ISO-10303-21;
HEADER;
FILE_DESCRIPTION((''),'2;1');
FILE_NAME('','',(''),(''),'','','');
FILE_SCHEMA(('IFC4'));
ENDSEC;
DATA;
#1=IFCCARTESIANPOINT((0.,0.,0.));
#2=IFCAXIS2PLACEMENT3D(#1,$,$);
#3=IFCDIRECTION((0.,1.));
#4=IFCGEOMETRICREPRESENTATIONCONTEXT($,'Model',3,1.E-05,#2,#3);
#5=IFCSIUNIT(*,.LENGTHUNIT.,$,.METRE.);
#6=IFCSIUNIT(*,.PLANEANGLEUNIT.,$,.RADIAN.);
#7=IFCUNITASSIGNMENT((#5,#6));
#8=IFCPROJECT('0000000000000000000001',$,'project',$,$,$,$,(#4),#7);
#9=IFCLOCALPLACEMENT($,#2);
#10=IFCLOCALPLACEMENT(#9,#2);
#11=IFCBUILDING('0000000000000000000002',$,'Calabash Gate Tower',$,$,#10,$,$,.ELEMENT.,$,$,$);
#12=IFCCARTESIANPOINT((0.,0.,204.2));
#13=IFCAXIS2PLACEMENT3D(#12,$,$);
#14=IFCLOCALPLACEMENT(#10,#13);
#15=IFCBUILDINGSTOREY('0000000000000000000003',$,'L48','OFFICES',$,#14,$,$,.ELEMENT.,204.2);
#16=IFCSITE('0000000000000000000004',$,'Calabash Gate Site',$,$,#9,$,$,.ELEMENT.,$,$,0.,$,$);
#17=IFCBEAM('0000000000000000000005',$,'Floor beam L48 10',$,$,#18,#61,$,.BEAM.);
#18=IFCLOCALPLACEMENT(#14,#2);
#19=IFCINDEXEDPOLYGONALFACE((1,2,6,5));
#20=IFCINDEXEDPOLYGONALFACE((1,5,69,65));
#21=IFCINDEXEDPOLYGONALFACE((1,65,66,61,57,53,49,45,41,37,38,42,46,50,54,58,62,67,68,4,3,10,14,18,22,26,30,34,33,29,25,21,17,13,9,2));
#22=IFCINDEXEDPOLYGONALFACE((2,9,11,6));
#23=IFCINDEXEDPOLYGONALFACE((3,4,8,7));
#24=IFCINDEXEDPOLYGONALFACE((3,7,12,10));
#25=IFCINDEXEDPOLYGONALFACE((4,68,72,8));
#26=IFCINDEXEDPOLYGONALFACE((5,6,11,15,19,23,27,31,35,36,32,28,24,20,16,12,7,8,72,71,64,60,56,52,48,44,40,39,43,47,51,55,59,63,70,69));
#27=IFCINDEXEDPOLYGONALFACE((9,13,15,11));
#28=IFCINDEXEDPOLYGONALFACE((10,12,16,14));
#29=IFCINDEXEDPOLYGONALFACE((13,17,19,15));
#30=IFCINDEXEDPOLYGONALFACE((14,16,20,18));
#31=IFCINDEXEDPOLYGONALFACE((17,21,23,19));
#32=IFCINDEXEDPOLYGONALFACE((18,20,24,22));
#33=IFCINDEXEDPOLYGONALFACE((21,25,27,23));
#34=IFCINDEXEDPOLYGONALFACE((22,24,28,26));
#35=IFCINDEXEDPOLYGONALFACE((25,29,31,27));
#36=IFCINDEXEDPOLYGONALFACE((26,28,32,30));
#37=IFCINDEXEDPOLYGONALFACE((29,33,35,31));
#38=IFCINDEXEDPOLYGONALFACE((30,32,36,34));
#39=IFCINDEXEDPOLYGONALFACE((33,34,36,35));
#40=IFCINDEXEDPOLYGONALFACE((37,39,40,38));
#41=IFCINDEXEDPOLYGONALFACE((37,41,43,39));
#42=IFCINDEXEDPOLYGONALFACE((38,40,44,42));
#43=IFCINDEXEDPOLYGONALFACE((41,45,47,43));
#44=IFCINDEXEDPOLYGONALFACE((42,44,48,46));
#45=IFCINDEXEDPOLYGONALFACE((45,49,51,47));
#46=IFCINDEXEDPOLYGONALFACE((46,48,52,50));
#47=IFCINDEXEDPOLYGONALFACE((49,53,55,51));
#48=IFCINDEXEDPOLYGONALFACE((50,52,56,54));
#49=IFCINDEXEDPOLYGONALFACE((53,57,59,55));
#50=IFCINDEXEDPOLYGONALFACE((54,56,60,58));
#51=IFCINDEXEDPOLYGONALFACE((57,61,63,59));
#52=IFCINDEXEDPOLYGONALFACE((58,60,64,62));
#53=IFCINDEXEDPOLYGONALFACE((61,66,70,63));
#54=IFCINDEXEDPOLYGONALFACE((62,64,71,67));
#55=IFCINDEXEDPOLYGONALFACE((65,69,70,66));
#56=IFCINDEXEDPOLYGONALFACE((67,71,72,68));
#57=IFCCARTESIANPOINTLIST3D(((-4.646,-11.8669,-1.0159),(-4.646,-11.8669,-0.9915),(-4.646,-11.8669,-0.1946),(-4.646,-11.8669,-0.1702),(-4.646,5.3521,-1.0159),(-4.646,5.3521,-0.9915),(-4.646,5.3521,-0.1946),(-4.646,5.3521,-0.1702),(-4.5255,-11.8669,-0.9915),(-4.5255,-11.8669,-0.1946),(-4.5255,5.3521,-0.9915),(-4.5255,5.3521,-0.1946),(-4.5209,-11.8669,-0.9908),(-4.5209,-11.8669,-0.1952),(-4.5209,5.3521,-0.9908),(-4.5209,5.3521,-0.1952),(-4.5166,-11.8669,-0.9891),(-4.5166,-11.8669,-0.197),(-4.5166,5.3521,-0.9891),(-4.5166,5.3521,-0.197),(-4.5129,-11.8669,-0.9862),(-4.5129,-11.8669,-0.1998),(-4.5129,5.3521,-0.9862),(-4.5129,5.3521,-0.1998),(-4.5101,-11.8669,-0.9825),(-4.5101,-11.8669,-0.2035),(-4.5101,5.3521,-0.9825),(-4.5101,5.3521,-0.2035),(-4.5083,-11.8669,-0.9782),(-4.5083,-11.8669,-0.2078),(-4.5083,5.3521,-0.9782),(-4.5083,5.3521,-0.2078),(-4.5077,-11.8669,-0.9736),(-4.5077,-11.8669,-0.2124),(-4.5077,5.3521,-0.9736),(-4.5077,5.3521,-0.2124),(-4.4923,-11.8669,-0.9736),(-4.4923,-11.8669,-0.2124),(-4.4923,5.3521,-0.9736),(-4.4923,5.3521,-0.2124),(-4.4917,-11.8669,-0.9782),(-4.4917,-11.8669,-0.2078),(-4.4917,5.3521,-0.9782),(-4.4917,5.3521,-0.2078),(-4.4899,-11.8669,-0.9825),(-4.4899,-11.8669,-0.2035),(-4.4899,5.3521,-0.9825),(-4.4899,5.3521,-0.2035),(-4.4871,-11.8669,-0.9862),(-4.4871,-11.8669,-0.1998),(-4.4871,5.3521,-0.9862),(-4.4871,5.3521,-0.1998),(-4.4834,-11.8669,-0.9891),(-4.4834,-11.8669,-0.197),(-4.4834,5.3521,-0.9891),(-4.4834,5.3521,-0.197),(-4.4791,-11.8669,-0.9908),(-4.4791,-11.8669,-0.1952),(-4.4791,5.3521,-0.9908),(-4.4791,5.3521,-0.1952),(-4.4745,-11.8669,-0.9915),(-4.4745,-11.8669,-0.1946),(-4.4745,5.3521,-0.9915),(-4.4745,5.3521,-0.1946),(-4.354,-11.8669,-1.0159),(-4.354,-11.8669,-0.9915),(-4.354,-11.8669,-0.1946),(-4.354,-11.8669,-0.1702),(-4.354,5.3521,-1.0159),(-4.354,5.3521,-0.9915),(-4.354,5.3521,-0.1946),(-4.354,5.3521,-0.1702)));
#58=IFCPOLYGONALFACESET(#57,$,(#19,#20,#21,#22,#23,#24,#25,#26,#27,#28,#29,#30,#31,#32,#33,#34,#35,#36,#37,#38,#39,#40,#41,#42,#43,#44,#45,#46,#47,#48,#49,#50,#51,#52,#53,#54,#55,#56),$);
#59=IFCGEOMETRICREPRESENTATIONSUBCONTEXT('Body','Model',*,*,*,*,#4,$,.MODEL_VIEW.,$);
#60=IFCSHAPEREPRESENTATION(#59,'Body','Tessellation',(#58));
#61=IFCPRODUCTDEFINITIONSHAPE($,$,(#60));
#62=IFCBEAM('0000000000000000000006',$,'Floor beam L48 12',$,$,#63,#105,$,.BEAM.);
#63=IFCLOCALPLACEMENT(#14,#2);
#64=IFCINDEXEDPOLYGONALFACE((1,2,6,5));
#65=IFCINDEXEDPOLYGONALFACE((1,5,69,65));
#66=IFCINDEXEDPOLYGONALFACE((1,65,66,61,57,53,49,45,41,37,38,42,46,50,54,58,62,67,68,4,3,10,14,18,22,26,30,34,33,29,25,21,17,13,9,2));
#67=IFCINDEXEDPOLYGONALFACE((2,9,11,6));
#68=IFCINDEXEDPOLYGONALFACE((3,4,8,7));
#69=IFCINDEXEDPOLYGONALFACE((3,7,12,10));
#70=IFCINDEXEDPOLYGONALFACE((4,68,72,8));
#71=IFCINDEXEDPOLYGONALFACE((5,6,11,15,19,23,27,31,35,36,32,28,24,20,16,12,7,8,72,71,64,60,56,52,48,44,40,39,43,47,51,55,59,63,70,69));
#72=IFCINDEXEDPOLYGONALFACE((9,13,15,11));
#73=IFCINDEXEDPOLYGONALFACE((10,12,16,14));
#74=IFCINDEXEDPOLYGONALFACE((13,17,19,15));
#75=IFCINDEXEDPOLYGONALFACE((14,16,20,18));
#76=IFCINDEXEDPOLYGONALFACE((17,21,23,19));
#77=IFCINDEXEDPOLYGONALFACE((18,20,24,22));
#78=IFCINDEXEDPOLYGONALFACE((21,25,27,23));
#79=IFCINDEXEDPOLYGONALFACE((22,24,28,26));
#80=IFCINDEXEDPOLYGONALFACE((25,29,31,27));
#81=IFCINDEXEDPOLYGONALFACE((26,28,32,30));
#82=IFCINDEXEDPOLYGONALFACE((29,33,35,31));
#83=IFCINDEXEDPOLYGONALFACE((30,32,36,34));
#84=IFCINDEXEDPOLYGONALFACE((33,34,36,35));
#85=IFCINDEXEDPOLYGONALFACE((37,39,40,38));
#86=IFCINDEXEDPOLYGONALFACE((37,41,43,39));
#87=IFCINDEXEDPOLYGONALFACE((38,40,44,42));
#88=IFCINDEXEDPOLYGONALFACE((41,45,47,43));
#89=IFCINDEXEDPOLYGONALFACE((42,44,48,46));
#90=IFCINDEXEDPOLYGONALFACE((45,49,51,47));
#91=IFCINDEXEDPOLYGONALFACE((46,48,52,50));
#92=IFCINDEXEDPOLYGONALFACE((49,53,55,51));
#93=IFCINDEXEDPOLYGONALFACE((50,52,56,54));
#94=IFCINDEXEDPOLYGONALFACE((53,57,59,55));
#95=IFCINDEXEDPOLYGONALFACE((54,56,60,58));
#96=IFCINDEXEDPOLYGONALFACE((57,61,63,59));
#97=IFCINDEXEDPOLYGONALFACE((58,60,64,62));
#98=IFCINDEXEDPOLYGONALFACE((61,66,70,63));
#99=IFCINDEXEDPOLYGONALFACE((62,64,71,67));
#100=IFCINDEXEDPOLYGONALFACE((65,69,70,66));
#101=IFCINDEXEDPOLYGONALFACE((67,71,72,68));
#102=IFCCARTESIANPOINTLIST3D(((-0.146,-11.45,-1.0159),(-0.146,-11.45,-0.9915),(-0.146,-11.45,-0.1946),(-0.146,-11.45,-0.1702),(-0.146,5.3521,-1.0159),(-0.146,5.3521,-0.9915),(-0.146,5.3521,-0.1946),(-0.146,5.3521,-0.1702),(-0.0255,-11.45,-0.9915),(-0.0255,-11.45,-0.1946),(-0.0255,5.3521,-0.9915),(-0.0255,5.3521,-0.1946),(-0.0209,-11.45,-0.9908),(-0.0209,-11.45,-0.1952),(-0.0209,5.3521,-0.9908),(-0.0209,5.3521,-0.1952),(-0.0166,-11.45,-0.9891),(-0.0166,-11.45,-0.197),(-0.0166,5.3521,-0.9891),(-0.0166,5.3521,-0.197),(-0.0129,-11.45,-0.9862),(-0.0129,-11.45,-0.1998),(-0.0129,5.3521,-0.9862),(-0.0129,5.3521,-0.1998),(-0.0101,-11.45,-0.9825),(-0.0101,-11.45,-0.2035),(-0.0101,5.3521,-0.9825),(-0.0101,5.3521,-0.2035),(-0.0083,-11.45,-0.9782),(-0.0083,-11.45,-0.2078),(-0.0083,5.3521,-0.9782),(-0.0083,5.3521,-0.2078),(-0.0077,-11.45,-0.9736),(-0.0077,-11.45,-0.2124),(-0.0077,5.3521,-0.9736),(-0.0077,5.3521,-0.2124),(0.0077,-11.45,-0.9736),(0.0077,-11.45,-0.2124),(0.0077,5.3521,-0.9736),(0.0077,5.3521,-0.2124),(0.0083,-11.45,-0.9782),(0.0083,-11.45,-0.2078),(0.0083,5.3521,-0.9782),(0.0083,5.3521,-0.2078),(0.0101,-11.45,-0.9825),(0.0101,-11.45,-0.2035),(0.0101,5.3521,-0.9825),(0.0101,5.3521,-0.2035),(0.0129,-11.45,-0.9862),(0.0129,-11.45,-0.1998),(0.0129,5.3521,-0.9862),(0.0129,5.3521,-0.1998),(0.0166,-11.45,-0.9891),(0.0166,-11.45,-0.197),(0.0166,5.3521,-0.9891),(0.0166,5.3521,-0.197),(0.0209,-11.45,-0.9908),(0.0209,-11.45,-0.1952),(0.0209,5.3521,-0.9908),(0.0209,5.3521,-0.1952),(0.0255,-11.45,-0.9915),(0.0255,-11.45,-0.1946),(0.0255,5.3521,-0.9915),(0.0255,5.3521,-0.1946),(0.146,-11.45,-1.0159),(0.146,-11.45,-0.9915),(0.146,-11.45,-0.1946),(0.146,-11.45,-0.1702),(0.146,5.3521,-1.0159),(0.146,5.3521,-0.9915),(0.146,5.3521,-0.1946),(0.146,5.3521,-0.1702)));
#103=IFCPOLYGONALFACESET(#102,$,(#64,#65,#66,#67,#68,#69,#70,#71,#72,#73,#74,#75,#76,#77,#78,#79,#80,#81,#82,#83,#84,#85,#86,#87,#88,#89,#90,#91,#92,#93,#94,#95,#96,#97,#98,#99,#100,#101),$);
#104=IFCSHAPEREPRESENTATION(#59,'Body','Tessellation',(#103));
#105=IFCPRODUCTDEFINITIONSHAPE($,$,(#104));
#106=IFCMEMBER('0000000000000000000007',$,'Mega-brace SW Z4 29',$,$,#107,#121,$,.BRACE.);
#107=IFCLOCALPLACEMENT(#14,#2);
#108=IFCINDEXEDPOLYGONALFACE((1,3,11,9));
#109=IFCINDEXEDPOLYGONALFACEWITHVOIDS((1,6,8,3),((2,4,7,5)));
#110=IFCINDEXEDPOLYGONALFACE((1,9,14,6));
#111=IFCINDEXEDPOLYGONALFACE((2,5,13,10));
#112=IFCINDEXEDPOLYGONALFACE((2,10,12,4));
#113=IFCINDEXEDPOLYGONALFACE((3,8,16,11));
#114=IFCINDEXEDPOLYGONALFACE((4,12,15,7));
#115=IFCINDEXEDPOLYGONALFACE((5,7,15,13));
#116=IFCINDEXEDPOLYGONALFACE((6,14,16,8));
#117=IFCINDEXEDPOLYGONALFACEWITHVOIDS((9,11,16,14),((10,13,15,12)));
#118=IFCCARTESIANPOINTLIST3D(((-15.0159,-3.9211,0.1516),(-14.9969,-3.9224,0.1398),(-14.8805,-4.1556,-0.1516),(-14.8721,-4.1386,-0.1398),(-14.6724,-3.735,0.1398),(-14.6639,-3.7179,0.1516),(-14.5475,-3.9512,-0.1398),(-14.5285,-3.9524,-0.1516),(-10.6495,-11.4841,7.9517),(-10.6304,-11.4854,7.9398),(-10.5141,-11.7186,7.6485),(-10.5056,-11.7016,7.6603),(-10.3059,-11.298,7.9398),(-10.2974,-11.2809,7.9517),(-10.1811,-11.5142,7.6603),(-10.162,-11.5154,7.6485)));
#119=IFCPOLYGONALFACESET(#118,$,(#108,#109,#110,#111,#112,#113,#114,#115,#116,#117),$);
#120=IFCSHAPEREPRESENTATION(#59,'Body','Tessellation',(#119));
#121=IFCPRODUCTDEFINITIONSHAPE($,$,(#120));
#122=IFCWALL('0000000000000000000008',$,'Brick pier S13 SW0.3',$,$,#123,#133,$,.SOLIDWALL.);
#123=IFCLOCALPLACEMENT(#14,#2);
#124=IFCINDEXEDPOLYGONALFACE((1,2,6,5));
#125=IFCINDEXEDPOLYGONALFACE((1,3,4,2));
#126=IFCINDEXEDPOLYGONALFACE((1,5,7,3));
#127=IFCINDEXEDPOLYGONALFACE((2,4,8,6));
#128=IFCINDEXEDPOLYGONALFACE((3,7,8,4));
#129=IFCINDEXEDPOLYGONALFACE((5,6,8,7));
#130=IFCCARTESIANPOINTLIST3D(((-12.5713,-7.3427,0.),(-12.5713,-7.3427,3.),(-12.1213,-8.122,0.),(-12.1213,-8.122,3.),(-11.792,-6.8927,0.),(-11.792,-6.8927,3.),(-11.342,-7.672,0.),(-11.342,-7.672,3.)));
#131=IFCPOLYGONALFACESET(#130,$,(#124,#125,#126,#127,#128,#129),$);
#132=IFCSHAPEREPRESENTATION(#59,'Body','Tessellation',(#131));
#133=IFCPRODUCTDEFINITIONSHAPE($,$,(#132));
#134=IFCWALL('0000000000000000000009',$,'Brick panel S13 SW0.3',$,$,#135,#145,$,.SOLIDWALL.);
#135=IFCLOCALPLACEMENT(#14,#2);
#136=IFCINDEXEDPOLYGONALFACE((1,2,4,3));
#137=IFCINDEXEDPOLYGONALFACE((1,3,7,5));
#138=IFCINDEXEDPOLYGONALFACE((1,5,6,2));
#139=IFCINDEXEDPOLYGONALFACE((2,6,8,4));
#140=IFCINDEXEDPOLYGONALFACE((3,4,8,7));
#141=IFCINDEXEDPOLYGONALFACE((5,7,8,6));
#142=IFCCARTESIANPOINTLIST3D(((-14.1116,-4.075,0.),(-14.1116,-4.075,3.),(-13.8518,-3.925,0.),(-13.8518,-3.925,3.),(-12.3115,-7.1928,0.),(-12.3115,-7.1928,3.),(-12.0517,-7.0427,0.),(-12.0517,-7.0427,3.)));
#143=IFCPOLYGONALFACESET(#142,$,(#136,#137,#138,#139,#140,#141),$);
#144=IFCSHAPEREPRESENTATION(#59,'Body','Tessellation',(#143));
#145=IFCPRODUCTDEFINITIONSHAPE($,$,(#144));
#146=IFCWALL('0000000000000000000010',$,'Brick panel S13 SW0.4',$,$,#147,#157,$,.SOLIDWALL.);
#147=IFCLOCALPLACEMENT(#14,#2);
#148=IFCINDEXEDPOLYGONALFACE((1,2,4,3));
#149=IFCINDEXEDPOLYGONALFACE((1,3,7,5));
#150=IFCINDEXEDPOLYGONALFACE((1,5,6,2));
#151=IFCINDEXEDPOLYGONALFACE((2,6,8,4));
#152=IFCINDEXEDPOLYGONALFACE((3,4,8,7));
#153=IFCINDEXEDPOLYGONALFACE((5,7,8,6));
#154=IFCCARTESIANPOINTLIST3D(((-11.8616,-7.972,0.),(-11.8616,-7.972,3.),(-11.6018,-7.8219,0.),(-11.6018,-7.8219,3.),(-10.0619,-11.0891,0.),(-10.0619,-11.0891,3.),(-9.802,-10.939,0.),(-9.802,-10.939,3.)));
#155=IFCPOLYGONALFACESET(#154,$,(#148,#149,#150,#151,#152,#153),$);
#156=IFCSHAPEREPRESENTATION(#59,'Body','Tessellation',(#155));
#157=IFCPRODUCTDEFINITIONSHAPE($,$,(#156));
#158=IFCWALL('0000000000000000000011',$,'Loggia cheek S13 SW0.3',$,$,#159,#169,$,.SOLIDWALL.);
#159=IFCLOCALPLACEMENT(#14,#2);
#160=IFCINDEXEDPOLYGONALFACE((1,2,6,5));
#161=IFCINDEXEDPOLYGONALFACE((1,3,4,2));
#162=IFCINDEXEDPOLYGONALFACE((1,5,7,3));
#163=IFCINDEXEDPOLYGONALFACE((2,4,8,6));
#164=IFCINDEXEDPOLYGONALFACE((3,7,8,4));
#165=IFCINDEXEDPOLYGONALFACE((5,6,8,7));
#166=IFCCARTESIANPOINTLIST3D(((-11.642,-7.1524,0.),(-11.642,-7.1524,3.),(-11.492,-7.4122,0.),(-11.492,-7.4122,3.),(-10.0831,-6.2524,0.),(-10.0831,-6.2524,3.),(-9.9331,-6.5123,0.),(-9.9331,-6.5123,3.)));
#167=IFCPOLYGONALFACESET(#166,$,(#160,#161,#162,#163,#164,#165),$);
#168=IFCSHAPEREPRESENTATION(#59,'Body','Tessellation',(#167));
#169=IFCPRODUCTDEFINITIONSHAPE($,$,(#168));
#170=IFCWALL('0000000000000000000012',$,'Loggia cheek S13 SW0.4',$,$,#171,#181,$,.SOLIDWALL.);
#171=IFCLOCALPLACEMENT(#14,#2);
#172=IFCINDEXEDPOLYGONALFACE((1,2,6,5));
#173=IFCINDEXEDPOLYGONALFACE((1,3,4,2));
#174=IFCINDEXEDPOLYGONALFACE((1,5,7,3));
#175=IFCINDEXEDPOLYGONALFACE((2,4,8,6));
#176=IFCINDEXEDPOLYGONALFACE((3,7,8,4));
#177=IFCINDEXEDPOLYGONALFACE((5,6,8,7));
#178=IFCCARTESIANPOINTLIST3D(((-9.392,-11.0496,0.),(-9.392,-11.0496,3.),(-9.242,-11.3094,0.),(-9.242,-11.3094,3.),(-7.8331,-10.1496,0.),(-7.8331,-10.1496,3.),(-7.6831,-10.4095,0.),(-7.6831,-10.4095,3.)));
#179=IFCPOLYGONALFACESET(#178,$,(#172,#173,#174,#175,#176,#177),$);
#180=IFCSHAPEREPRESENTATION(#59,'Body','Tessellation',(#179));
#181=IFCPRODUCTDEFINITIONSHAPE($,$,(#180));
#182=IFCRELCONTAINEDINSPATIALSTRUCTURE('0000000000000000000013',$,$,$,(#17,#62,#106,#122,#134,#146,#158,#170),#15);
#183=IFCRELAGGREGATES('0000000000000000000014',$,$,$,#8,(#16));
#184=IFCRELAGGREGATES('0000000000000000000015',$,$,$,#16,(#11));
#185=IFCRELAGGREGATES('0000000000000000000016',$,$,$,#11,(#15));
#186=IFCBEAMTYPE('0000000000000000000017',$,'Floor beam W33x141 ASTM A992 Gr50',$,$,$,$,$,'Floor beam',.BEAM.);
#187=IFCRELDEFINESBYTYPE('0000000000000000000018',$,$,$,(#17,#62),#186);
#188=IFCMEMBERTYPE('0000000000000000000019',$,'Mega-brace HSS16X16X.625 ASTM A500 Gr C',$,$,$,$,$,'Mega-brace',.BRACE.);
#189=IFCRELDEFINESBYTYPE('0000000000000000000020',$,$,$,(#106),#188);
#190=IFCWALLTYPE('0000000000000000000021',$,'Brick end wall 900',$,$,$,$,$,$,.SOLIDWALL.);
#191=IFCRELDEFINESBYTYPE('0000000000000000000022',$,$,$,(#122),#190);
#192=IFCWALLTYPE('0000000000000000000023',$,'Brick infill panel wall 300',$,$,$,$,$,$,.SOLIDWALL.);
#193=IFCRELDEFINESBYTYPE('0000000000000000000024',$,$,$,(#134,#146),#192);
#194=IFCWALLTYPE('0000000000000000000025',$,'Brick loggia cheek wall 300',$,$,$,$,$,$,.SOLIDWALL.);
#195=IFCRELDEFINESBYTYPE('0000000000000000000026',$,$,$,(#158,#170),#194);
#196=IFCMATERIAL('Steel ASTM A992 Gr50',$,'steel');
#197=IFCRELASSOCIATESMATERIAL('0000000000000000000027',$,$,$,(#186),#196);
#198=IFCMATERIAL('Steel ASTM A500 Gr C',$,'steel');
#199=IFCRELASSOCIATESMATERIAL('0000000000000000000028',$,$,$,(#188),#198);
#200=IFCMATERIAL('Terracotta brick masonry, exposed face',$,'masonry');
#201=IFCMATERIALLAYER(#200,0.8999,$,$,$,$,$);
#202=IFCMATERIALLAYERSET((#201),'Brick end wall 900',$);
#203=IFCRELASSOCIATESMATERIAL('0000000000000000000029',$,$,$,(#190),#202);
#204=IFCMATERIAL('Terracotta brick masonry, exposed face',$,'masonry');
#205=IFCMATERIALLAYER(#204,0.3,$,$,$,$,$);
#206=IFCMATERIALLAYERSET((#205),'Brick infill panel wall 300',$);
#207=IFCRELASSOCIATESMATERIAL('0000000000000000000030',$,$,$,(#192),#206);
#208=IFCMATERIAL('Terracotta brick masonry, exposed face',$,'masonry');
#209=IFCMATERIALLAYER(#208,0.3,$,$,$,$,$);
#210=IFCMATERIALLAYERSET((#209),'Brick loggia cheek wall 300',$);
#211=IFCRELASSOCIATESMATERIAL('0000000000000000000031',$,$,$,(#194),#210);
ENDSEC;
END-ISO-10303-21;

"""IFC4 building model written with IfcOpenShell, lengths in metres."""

from ifc_helpers import new_model, si_unit, direction, frame, frame_2d, origin, origin_2d, place, context, subcontext, project, spatial, rectangle, hollow_rectangle, i_section, extrude, material, layer, layer_set, material_profile, profile_set, type_object, element, save


model = new_model("IFC4")

# Units and contexts
model_context = context("Model", 3, precision=1e-05, world=origin(), true_north=direction((0.0, 1.0)))
body_context = subcontext(model_context, "Body", "Model", "MODEL_VIEW")
ifc_project = project(units=[si_unit("LENGTHUNIT", "METRE"), si_unit("PLANEANGLEUNIT", "RADIAN")], contexts=[model_context])

# Site, building, storey
site_placement = place(None, origin())
site = spatial("IfcSite", under=ifc_project, at=site_placement, Name="Calabash Gate Site", CompositionType="ELEMENT", RefElevation=0.0)
building_placement = place(site_placement, origin())
building = spatial("IfcBuilding", under=site, at=building_placement, Name="Calabash Gate Tower", CompositionType="ELEMENT")
storey_placement = place(building_placement, frame((0.0, 0.0, 204.2)))
storey = spatial("IfcBuildingStorey", under=building, at=storey_placement, Name="L48", Description="OFFICES", CompositionType="ELEMENT", Elevation=204.2)

# Beams
ifc_material_1 = material(Name="Steel ASTM A992 Gr50", Category="steel")
ifc_material_profile_1 = material_profile(ifc_material_1, i_section(OverallWidth=0.292, OverallDepth=0.8457, WebThickness=0.0154, FlangeThickness=0.0244, FilletRadius=0.0178, at=origin_2d()))
ifc_profile_set_1 = profile_set([ifc_material_profile_1], Name="Steel ASTM A992 Gr50")
beam_type_1 = type_object("IfcBeamType", Name="Floor beam W33x141 ASTM A992 Gr50", ElementType="Floor beam", PredefinedType="BEAM", material=ifc_profile_set_1)
beam_1_placement = place(storey_placement, frame((-4.5, -11.8669, -0.593), z_axis=(0.0, 1.0, 0.0), x_axis=(-1.0, 0.0, 0.0)))
element("IfcBeam", 1, at=beam_1_placement, inside=storey, type_object=beam_type_1, Name="Floor beam L48 10", PredefinedType="BEAM", context=body_context, shape_type="SweptSolid", body=[
    extrude(i_section(OverallWidth=0.292, OverallDepth=0.8457, WebThickness=0.0154, FlangeThickness=0.0244, FilletRadius=0.0178, at=origin_2d()), origin(), (0.0, 0.0, 1.0), 17.219),
])
beam_2_placement = place(storey_placement, frame((0.0, -11.45, -0.593), z_axis=(0.0, 1.0, 0.0), x_axis=(-1.0, 0.0, 0.0)))
element("IfcBeam", 2, at=beam_2_placement, inside=storey, type_object=beam_type_1, Name="Floor beam L48 12", PredefinedType="BEAM", context=body_context, shape_type="SweptSolid", body=[
    extrude(i_section(OverallWidth=0.292, OverallDepth=0.8457, WebThickness=0.0154, FlangeThickness=0.0244, FilletRadius=0.0178, at=origin_2d()), origin(), (0.0, 0.0, 1.0), 16.802),
])

# Member
ifc_material_2 = material(Name="Steel ASTM A500 Gr C", Category="steel")
ifc_material_profile_2 = material_profile(ifc_material_2, hollow_rectangle(XDim=0.4065, YDim=0.4065, WallThickness=0.0159, at=origin_2d()))
ifc_profile_set_2 = profile_set([ifc_material_profile_2], Name="Steel ASTM A500 Gr C")
member_type = type_object("IfcMemberType", Name="Mega-brace HSS16X16X.625 ASTM A500 Gr C", ElementType="Mega-brace", PredefinedType="BRACE", material=ifc_profile_set_2)
member_placement = place(storey_placement, frame((-14.7722, -3.9368, 0.0), z_axis=(0.372908, -0.645901, 0.666147), x_axis=(0.866027, 0.499997, 0.0)))
element("IfcMember", 3, at=member_placement, inside=storey, type_object=member_type, Name="Mega-brace SW Z4 29", PredefinedType="BRACE", context=body_context, shape_type="SweptSolid", body=[
    extrude(hollow_rectangle(XDim=0.4065, YDim=0.4065, WallThickness=0.0159, at=origin_2d()), origin(), (0.0, 0.0, 1.0), 11.7092),
])

# Walls
ifc_material_3 = material(Name="Terracotta brick masonry, exposed face", Category="masonry")
ifc_layer_1 = layer(ifc_material_3, 0.8999)
ifc_layer_set_1 = layer_set([ifc_layer_1], Name="Brick end wall 900")
wall_type_1 = type_object("IfcWallType", Name="Brick end wall 900", PredefinedType="SOLIDWALL", material=ifc_layer_set_1)
wall_1_placement = place(storey_placement, frame((-12.1816, -7.1177, 0.0), z_axis=(0.0, 0.0, 1.0), x_axis=(0.50002, -0.866014, 0.0)))
element("IfcWall", 4, at=wall_1_placement, inside=storey, type_object=wall_type_1, Name="Brick pier S13 SW0.3", PredefinedType="SOLIDWALL", context=body_context, shape_type="SweptSolid", body=[
    extrude(rectangle(XDim=0.8999, YDim=0.8999, at=frame_2d((0.45, 0.0))), origin(), (0.0, 0.0, 1.0), 3.0),
])
ifc_material_4 = material(Name="Terracotta brick masonry, exposed face", Category="masonry")
ifc_layer_2 = layer(ifc_material_4, 0.3)
ifc_layer_set_2 = layer_set([ifc_layer_2], Name="Brick infill panel wall 300")
wall_type_2 = type_object("IfcWallType", Name="Brick infill panel wall 300", PredefinedType="SOLIDWALL", material=ifc_layer_set_2)
wall_2_placement = place(storey_placement, frame((-13.9817, -4.0, 0.0), z_axis=(0.0, 0.0, 1.0), x_axis=(0.500012, -0.866018, 0.0)))
element("IfcWall", 5, at=wall_2_placement, inside=storey, type_object=wall_type_2, Name="Brick panel S13 SW0.3", PredefinedType="SOLIDWALL", context=body_context, shape_type="SweptSolid", body=[
    extrude(rectangle(XDim=3.6001, YDim=0.3, at=frame_2d((1.8, 0.0))), origin(), (0.0, 0.0, 1.0), 3.0),
])
wall_3_placement = place(storey_placement, frame((-9.9319, -11.0142, 0.0), z_axis=(0.0, 0.0, 1.0), x_axis=(-0.50002, 0.866014, 0.0)))
element("IfcWall", 6, at=wall_3_placement, inside=storey, type_object=wall_type_2, Name="Brick panel S13 SW0.4", PredefinedType="SOLIDWALL", context=body_context, shape_type="SweptSolid", body=[
    extrude(rectangle(XDim=3.5994, YDim=0.3, at=frame_2d((1.7998, 0.0))), origin(), (0.0, 0.0, 1.0), 3.0),
])
ifc_material_5 = material(Name="Terracotta brick masonry, exposed face", Category="masonry")
ifc_layer_3 = layer(ifc_material_5, 0.3)
ifc_layer_set_3 = layer_set([ifc_layer_3], Name="Brick loggia cheek wall 300")
wall_type_3 = type_object("IfcWallType", Name="Brick loggia cheek wall 300", PredefinedType="SOLIDWALL", material=ifc_layer_set_3)
for number, where, z_axis, x_axis, name in (
    (7, (-11.5669, -7.2822, 0.0), (0.0, 0.0, 1.0), (0.866048, 0.499961, 0.0), "Loggia cheek S13 SW0.3"),
    (8, (-9.3169, -11.1794, 0.0), (0.0, 0.0, 1.0), (0.866048, 0.499961, 0.0), "Loggia cheek S13 SW0.4"),
):
    element("IfcWall", number, at=place(storey_placement, frame(where, z_axis=z_axis, x_axis=x_axis)), inside=storey, type_object=wall_type_3, Name=name, PredefinedType="SOLIDWALL", context=body_context, shape_type="SweptSolid", body=[
        extrude(rectangle(XDim=1.8, YDim=0.3, at=frame_2d((0.8999, 0.0))), origin(), (0.0, 0.0, 1.0), 3.0),
    ])

save(model, "model.ifc")
